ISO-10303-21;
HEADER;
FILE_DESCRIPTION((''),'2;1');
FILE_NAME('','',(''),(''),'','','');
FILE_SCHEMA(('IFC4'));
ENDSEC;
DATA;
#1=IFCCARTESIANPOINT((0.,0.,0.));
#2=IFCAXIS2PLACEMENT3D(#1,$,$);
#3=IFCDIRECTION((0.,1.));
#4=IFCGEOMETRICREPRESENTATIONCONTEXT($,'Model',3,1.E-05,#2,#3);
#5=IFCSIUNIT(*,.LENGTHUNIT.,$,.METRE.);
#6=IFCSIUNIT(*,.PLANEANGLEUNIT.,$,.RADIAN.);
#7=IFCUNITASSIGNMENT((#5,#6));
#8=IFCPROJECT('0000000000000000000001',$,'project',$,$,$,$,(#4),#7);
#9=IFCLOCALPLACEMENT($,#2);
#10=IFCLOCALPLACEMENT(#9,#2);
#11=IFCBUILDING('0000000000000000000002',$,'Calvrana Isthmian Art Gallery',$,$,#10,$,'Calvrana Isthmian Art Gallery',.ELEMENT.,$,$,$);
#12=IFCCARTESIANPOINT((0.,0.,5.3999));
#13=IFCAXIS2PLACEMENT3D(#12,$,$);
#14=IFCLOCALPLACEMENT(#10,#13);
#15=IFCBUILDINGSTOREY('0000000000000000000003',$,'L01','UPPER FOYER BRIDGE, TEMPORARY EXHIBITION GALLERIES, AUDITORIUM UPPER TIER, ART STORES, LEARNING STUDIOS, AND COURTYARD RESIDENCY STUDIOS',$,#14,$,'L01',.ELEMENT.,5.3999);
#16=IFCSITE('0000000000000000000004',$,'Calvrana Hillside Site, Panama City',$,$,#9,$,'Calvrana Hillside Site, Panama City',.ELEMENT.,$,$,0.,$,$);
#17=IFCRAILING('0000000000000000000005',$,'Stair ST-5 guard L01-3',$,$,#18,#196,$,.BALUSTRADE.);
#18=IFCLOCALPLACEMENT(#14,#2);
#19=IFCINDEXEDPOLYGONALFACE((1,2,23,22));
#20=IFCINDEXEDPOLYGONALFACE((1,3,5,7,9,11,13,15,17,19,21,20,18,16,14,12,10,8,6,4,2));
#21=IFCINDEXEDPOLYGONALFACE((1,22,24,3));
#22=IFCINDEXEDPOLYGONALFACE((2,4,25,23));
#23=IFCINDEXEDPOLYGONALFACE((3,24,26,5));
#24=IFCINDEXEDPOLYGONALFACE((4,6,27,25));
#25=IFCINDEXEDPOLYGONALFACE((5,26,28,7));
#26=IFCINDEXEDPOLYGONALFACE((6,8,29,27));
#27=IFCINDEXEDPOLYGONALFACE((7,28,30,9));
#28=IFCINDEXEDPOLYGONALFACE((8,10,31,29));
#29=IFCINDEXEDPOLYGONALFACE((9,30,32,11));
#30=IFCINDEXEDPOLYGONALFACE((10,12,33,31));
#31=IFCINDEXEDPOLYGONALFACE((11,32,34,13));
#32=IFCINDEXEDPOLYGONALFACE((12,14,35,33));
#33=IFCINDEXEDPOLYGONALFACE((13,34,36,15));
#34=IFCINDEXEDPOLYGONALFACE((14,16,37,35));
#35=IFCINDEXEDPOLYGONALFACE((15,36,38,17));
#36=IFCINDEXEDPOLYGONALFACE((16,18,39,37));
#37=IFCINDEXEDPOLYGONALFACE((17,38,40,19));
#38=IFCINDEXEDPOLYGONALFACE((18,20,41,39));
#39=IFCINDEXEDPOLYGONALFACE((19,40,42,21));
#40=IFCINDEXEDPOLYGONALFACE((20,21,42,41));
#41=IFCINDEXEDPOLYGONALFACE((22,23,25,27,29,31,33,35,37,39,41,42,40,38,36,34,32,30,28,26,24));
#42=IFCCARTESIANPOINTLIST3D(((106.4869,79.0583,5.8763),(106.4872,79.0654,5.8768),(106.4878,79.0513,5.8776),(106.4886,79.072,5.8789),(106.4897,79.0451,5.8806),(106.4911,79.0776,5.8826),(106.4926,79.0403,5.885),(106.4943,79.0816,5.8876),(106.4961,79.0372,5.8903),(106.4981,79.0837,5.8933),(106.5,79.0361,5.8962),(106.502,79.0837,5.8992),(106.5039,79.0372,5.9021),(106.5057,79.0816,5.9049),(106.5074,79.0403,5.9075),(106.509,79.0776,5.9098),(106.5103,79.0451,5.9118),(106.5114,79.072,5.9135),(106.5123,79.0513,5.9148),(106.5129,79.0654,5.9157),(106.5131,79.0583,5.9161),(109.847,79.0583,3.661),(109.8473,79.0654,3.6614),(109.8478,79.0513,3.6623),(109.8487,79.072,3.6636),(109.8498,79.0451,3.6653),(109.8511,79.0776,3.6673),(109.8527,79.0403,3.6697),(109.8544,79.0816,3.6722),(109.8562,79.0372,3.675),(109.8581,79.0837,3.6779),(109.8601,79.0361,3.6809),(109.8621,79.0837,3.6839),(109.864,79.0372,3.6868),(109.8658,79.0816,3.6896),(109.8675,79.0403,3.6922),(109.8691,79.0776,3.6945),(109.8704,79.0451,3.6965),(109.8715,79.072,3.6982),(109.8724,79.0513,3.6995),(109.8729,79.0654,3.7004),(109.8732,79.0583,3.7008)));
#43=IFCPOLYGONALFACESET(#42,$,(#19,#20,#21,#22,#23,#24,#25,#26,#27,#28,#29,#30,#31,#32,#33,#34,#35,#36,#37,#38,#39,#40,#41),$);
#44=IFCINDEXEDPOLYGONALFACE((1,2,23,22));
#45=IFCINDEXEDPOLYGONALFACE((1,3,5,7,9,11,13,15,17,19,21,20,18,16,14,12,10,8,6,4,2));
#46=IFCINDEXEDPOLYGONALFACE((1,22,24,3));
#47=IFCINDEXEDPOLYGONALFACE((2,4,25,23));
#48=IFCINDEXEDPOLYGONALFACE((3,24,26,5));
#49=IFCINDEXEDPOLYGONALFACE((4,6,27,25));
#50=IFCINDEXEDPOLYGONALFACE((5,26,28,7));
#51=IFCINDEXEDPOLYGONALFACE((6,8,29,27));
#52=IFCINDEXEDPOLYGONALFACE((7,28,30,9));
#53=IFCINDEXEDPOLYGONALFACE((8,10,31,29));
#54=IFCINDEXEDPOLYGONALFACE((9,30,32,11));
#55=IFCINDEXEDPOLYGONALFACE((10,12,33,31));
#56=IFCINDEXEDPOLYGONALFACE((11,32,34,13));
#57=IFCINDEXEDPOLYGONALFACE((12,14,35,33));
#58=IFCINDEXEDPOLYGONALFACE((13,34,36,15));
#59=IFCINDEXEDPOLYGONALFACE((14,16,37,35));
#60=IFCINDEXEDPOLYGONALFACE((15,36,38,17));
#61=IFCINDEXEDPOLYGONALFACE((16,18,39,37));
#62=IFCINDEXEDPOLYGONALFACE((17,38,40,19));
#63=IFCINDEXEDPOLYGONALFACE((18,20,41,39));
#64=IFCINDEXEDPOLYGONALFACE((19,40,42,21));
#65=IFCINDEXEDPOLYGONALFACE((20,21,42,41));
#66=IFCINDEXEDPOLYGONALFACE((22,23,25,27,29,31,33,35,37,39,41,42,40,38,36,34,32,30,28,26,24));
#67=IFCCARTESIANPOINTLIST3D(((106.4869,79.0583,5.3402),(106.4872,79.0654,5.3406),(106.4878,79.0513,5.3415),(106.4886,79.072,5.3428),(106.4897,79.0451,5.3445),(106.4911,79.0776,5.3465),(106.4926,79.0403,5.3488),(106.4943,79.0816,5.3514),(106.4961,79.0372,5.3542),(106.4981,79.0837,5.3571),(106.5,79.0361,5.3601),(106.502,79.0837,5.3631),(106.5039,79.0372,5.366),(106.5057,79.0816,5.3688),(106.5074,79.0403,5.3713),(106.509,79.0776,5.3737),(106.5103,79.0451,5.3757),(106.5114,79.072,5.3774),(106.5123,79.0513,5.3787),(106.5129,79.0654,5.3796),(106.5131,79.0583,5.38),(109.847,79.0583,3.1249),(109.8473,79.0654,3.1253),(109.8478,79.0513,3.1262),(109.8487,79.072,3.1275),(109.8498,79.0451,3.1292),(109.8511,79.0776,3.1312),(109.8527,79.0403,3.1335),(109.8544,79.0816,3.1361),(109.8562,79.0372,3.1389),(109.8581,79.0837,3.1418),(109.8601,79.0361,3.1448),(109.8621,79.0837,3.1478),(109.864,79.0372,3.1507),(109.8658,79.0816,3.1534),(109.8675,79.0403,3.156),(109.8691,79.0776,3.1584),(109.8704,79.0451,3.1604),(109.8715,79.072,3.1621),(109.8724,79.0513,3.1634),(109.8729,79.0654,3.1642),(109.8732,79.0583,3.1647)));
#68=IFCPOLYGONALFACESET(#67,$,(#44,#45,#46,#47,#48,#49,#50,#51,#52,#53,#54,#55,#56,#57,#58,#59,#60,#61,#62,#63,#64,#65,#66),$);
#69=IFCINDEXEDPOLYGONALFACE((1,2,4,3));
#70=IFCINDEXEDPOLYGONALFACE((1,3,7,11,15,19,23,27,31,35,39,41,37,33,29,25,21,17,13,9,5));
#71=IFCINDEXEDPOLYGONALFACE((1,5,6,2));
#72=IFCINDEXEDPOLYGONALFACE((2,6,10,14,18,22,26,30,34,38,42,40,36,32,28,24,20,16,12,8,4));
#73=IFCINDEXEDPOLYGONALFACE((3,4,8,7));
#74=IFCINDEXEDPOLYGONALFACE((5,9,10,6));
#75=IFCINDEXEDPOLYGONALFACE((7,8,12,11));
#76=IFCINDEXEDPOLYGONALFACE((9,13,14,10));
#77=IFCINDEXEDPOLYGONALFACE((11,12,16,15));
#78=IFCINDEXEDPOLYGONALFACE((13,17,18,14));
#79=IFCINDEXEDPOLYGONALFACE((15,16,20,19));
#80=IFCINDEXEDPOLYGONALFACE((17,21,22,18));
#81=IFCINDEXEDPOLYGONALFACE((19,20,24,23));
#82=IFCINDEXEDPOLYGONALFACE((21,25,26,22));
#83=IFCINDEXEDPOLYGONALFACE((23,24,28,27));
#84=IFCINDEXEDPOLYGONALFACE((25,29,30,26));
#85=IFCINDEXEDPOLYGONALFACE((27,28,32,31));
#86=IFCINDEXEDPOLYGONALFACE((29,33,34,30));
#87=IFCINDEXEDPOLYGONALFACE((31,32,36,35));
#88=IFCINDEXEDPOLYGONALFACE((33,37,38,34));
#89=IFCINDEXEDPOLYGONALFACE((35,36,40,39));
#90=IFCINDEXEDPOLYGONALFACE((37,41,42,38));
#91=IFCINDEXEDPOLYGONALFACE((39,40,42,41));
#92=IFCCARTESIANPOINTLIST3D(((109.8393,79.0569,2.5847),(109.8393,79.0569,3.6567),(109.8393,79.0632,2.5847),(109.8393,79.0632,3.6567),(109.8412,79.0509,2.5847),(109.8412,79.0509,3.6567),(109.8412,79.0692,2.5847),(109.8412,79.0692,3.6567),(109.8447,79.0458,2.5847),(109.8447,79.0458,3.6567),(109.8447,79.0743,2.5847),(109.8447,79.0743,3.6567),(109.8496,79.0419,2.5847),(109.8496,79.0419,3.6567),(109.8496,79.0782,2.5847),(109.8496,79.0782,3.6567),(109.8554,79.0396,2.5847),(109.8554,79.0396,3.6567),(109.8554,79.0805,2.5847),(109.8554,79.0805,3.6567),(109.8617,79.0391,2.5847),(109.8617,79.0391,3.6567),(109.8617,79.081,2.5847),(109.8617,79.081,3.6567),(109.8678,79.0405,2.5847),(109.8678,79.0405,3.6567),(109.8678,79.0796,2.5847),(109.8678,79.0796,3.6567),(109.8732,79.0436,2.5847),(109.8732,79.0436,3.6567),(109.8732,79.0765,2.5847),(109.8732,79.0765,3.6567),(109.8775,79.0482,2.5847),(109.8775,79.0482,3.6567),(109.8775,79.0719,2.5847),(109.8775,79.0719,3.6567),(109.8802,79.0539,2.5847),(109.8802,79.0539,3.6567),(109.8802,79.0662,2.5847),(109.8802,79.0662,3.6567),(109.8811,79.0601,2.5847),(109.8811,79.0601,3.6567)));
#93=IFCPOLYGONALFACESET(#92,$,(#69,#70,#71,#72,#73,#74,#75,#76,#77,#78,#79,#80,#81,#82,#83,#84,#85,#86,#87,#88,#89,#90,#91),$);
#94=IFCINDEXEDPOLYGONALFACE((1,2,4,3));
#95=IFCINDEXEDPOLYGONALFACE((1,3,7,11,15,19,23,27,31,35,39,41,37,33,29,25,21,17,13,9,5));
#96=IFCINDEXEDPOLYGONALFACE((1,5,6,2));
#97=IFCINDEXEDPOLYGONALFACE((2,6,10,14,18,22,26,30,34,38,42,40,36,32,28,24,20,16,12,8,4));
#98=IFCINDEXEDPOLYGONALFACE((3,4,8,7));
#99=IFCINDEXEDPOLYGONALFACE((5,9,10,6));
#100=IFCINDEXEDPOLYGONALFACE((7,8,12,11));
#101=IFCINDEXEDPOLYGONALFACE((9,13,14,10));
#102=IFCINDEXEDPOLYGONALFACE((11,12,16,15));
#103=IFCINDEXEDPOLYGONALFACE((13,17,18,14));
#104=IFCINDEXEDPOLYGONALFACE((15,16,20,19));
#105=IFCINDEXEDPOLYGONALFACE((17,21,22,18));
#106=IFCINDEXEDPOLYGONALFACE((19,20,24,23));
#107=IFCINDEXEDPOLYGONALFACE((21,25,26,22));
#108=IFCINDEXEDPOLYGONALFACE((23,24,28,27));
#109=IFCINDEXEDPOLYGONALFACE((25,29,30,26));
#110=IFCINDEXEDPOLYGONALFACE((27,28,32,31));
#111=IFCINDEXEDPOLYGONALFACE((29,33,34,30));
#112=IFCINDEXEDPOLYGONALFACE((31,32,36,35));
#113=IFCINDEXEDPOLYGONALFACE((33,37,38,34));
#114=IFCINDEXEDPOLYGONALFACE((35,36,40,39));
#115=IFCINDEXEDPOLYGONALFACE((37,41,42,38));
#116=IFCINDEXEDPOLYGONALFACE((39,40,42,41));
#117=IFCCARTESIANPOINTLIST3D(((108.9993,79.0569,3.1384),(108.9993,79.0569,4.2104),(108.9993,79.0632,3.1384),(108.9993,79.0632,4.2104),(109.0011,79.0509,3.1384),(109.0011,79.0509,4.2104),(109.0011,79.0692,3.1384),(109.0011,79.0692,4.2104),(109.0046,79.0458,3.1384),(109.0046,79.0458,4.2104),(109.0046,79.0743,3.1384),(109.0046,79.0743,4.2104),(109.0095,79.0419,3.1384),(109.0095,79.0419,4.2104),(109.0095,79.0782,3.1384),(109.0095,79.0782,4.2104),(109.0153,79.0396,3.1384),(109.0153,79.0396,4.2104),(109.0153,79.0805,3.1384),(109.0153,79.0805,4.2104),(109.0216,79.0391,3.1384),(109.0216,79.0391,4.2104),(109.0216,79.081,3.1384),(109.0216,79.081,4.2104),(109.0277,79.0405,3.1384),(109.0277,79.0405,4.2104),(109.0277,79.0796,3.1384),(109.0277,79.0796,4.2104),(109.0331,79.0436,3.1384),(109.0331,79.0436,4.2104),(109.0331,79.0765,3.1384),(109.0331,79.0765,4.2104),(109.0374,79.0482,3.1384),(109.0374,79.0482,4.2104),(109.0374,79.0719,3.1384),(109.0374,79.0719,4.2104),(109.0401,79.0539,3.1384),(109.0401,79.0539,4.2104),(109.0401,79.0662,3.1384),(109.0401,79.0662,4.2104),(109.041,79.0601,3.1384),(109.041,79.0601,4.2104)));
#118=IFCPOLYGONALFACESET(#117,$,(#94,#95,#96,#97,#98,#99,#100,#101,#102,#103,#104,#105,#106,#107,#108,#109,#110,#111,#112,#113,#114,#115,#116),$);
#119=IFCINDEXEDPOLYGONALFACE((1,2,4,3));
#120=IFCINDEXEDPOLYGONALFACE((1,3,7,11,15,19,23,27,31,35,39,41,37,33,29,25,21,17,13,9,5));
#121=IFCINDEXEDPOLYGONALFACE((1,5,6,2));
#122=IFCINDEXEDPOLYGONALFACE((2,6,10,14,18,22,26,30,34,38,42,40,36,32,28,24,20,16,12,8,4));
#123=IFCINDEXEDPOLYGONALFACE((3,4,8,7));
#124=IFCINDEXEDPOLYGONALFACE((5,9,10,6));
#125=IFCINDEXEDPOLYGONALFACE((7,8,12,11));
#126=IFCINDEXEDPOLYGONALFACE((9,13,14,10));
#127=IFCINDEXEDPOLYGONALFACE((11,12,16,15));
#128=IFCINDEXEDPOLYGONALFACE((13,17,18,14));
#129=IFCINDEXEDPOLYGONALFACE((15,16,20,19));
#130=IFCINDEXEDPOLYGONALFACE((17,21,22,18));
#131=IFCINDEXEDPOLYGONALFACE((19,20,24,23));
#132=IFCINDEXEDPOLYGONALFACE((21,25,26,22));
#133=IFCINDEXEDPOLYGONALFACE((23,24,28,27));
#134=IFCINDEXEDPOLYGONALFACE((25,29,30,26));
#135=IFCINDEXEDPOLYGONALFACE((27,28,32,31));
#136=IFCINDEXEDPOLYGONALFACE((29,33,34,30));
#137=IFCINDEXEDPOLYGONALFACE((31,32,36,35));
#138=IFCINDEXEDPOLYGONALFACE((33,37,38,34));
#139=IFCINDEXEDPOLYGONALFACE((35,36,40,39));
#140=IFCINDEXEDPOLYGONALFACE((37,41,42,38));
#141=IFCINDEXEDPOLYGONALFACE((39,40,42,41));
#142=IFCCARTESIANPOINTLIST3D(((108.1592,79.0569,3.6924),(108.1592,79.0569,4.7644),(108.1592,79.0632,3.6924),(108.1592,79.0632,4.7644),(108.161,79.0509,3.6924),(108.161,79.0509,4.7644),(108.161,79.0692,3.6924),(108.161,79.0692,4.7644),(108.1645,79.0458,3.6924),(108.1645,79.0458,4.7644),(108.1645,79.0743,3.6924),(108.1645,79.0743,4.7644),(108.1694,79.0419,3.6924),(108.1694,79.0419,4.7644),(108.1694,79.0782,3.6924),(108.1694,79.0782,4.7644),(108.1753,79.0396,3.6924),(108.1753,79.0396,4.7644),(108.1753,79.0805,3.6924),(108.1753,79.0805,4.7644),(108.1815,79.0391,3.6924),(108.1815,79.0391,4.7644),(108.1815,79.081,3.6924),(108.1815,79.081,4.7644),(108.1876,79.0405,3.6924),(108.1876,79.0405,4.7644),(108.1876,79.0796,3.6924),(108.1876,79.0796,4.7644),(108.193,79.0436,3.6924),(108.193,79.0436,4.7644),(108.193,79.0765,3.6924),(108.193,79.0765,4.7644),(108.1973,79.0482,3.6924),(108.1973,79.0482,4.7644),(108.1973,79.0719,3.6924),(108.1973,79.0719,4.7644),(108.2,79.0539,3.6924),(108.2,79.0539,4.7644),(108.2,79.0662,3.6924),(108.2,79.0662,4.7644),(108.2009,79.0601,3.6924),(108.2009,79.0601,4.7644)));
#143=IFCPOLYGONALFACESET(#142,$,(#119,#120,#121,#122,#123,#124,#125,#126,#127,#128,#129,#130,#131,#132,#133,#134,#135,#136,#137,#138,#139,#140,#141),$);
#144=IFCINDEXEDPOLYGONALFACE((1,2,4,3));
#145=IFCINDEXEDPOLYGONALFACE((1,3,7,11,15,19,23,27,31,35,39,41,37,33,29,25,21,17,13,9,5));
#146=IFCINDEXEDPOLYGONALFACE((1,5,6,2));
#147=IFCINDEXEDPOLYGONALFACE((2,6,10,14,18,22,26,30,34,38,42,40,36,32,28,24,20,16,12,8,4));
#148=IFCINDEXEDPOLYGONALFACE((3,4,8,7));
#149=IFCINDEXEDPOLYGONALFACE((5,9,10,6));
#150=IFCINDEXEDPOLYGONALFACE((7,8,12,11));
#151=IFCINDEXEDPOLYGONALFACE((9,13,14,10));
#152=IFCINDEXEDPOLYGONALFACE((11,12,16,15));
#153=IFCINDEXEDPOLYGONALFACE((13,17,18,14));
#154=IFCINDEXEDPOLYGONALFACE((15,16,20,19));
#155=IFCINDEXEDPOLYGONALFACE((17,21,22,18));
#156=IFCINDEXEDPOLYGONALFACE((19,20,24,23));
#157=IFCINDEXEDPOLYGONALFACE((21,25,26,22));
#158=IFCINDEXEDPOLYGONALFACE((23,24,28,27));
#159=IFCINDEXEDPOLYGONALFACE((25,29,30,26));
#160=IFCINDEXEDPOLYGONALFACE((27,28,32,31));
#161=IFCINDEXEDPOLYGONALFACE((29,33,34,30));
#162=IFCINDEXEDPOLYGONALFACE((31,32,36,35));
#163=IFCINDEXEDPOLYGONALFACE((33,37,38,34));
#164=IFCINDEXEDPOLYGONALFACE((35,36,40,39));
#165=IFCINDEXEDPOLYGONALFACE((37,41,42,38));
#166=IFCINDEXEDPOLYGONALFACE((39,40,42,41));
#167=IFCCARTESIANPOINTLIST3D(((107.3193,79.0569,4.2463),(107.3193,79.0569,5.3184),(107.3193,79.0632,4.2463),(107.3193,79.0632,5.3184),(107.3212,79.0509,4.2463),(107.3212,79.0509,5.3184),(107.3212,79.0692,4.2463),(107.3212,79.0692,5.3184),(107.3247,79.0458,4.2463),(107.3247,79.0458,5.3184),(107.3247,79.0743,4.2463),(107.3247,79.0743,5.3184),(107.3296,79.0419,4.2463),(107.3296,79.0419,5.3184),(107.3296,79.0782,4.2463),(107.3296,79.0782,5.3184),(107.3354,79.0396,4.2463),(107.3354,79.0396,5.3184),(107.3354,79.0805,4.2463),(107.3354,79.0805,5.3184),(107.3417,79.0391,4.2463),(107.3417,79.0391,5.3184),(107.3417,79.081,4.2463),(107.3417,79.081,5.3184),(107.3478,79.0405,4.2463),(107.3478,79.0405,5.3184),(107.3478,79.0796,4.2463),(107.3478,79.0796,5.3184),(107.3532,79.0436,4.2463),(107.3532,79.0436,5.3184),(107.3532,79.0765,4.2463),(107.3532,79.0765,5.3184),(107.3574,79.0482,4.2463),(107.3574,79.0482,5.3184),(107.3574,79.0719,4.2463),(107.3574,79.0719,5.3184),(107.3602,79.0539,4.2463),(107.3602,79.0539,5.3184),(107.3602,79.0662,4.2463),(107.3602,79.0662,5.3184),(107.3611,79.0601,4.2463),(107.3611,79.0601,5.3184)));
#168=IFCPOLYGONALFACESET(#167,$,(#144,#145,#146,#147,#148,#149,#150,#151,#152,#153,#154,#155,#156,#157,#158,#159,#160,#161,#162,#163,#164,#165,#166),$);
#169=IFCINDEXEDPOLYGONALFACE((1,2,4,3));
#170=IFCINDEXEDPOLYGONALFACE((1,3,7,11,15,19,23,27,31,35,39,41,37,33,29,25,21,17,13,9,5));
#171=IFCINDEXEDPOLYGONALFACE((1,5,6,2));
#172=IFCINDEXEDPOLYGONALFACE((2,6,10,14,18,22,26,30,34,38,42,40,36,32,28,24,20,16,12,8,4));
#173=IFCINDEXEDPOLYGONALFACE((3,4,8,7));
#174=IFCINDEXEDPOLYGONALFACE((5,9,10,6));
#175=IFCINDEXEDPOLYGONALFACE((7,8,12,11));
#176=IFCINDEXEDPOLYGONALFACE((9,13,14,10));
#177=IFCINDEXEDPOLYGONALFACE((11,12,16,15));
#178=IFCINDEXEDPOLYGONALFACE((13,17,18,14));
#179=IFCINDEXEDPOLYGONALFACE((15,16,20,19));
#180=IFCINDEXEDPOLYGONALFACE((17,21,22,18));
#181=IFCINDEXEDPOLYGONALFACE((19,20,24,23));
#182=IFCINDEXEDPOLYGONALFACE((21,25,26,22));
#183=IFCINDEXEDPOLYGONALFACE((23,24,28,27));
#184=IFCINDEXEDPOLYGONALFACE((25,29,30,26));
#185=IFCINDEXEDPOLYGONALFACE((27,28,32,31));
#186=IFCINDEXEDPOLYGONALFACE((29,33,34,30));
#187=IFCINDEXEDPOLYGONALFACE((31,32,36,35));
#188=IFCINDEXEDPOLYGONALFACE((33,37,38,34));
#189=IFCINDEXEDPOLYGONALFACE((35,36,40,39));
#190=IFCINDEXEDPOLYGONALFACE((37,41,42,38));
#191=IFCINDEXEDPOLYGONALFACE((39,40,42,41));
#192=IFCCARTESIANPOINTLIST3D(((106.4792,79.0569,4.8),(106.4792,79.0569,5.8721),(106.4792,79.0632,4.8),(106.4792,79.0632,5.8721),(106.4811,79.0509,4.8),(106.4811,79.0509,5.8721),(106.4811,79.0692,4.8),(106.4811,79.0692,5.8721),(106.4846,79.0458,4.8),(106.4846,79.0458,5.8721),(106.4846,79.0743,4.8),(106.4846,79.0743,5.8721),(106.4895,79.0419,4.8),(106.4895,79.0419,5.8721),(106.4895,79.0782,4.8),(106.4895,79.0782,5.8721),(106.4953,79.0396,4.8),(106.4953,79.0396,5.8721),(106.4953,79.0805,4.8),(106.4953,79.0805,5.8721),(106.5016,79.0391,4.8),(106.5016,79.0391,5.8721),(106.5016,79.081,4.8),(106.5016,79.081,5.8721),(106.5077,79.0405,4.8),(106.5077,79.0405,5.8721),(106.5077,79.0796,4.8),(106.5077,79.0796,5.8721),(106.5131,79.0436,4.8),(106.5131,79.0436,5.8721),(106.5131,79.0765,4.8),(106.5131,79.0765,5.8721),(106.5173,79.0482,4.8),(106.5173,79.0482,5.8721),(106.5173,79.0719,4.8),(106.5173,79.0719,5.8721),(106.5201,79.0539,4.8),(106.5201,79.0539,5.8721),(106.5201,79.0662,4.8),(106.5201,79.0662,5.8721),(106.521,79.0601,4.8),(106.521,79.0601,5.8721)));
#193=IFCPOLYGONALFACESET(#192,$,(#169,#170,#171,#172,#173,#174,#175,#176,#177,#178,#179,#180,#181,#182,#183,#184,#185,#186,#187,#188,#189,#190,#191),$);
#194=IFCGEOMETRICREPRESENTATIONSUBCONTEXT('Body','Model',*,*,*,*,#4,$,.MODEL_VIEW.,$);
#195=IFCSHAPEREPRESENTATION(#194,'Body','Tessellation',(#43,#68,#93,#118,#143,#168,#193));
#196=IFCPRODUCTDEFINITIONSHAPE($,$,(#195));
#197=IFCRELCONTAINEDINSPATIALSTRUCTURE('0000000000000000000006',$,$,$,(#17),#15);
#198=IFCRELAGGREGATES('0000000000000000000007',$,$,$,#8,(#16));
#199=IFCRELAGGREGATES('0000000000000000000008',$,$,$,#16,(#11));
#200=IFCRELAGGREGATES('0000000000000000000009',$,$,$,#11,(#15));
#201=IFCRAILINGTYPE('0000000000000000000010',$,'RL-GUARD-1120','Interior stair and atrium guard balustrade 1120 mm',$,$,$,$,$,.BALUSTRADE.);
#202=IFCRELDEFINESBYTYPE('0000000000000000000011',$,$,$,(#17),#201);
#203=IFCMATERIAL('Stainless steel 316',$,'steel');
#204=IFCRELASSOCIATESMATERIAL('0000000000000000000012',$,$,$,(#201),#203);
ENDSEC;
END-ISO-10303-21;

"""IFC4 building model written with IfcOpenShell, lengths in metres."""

from ifc_helpers import new_model, si_unit, direction, frame, origin, origin_2d, place, context, subcontext, project, spatial, circle, extrude, material, type_object, element, save


model = new_model("IFC4")

# Units and contexts
model_context = context("Model", 3, precision=1e-05, world=origin(), true_north=direction((0.0, 1.0)))
body_context = subcontext(model_context, "Body", "Model", "MODEL_VIEW")
ifc_project = project(units=[si_unit("LENGTHUNIT", "METRE"), si_unit("PLANEANGLEUNIT", "RADIAN")], contexts=[model_context])

# Site, building, storey
site_placement = place(None, origin())
site = spatial("IfcSite", under=ifc_project, at=site_placement, Name="Calvrana Hillside Site, Panama City", LongName="Calvrana Hillside Site, Panama City", CompositionType="ELEMENT", RefElevation=0.0)
building_placement = place(site_placement, origin())
building = spatial("IfcBuilding", under=site, at=building_placement, Name="Calvrana Isthmian Art Gallery", LongName="Calvrana Isthmian Art Gallery", CompositionType="ELEMENT")
storey_placement = place(building_placement, frame((0.0, 0.0, 5.3999)))
storey = spatial("IfcBuildingStorey", under=building, at=storey_placement, Name="L01", Description="UPPER FOYER BRIDGE, TEMPORARY EXHIBITION GALLERIES, AUDITORIUM UPPER TIER, ART STORES, LEARNING STUDIOS, AND COURTYARD RESIDENCY STUDIOS", LongName="L01", CompositionType="ELEMENT", Elevation=5.3999)

# Railing
ifc_material_1 = material(Name="Stainless steel 316", Category="steel")
railing_type_1 = type_object("IfcRailingType", Name="RL-GUARD-1120", Description="Interior stair and atrium guard balustrade 1120 mm", PredefinedType="BALUSTRADE", material=ifc_material_1)
railing_1_placement = place(storey_placement, frame((109.8601, 79.0601, 2.5847)))
element("IfcRailing", 1, at=railing_1_placement, inside=storey, type_object=railing_type_1, Name="Stair ST-5 guard L01-3", PredefinedType="BALUSTRADE", context=body_context, shape_type="SweptSolid", body=[
    extrude(circle(Radius=0.0239, at=origin_2d()), frame((0.0, 0.0, 1.0962), z_axis=(-0.834876, 0.0, 0.550437), x_axis=(0.0, -1.0, 0.0)), (0.0, 0.0, 1.0), 4.0247),
    extrude(circle(Radius=0.0239, at=origin_2d()), frame((0.0, 0.0, 0.5601), z_axis=(-0.834876, 0.0, 0.550437), x_axis=(0.0, -1.0, 0.0)), (0.0, 0.0, 1.0), 4.0247),
    extrude(circle(Radius=0.021, at=origin_2d()), origin(), (0.0, 0.0, 1.0), 1.072),
    extrude(circle(Radius=0.021, at=origin_2d()), frame((-0.8401, 0.0, 0.5537)), (0.0, 0.0, 1.0), 1.072),
    extrude(circle(Radius=0.021, at=origin_2d()), frame((-1.6802, 0.0, 1.1077)), (0.0, 0.0, 1.0), 1.072),
    extrude(circle(Radius=0.021, at=origin_2d()), frame((-2.52, 0.0, 1.6616)), (0.0, 0.0, 1.0), 1.072),
    extrude(circle(Radius=0.021, at=origin_2d()), frame((-3.3601, 0.0, 2.2153)), (0.0, 0.0, 1.0), 1.072),
])

save(model, "model.ifc")
